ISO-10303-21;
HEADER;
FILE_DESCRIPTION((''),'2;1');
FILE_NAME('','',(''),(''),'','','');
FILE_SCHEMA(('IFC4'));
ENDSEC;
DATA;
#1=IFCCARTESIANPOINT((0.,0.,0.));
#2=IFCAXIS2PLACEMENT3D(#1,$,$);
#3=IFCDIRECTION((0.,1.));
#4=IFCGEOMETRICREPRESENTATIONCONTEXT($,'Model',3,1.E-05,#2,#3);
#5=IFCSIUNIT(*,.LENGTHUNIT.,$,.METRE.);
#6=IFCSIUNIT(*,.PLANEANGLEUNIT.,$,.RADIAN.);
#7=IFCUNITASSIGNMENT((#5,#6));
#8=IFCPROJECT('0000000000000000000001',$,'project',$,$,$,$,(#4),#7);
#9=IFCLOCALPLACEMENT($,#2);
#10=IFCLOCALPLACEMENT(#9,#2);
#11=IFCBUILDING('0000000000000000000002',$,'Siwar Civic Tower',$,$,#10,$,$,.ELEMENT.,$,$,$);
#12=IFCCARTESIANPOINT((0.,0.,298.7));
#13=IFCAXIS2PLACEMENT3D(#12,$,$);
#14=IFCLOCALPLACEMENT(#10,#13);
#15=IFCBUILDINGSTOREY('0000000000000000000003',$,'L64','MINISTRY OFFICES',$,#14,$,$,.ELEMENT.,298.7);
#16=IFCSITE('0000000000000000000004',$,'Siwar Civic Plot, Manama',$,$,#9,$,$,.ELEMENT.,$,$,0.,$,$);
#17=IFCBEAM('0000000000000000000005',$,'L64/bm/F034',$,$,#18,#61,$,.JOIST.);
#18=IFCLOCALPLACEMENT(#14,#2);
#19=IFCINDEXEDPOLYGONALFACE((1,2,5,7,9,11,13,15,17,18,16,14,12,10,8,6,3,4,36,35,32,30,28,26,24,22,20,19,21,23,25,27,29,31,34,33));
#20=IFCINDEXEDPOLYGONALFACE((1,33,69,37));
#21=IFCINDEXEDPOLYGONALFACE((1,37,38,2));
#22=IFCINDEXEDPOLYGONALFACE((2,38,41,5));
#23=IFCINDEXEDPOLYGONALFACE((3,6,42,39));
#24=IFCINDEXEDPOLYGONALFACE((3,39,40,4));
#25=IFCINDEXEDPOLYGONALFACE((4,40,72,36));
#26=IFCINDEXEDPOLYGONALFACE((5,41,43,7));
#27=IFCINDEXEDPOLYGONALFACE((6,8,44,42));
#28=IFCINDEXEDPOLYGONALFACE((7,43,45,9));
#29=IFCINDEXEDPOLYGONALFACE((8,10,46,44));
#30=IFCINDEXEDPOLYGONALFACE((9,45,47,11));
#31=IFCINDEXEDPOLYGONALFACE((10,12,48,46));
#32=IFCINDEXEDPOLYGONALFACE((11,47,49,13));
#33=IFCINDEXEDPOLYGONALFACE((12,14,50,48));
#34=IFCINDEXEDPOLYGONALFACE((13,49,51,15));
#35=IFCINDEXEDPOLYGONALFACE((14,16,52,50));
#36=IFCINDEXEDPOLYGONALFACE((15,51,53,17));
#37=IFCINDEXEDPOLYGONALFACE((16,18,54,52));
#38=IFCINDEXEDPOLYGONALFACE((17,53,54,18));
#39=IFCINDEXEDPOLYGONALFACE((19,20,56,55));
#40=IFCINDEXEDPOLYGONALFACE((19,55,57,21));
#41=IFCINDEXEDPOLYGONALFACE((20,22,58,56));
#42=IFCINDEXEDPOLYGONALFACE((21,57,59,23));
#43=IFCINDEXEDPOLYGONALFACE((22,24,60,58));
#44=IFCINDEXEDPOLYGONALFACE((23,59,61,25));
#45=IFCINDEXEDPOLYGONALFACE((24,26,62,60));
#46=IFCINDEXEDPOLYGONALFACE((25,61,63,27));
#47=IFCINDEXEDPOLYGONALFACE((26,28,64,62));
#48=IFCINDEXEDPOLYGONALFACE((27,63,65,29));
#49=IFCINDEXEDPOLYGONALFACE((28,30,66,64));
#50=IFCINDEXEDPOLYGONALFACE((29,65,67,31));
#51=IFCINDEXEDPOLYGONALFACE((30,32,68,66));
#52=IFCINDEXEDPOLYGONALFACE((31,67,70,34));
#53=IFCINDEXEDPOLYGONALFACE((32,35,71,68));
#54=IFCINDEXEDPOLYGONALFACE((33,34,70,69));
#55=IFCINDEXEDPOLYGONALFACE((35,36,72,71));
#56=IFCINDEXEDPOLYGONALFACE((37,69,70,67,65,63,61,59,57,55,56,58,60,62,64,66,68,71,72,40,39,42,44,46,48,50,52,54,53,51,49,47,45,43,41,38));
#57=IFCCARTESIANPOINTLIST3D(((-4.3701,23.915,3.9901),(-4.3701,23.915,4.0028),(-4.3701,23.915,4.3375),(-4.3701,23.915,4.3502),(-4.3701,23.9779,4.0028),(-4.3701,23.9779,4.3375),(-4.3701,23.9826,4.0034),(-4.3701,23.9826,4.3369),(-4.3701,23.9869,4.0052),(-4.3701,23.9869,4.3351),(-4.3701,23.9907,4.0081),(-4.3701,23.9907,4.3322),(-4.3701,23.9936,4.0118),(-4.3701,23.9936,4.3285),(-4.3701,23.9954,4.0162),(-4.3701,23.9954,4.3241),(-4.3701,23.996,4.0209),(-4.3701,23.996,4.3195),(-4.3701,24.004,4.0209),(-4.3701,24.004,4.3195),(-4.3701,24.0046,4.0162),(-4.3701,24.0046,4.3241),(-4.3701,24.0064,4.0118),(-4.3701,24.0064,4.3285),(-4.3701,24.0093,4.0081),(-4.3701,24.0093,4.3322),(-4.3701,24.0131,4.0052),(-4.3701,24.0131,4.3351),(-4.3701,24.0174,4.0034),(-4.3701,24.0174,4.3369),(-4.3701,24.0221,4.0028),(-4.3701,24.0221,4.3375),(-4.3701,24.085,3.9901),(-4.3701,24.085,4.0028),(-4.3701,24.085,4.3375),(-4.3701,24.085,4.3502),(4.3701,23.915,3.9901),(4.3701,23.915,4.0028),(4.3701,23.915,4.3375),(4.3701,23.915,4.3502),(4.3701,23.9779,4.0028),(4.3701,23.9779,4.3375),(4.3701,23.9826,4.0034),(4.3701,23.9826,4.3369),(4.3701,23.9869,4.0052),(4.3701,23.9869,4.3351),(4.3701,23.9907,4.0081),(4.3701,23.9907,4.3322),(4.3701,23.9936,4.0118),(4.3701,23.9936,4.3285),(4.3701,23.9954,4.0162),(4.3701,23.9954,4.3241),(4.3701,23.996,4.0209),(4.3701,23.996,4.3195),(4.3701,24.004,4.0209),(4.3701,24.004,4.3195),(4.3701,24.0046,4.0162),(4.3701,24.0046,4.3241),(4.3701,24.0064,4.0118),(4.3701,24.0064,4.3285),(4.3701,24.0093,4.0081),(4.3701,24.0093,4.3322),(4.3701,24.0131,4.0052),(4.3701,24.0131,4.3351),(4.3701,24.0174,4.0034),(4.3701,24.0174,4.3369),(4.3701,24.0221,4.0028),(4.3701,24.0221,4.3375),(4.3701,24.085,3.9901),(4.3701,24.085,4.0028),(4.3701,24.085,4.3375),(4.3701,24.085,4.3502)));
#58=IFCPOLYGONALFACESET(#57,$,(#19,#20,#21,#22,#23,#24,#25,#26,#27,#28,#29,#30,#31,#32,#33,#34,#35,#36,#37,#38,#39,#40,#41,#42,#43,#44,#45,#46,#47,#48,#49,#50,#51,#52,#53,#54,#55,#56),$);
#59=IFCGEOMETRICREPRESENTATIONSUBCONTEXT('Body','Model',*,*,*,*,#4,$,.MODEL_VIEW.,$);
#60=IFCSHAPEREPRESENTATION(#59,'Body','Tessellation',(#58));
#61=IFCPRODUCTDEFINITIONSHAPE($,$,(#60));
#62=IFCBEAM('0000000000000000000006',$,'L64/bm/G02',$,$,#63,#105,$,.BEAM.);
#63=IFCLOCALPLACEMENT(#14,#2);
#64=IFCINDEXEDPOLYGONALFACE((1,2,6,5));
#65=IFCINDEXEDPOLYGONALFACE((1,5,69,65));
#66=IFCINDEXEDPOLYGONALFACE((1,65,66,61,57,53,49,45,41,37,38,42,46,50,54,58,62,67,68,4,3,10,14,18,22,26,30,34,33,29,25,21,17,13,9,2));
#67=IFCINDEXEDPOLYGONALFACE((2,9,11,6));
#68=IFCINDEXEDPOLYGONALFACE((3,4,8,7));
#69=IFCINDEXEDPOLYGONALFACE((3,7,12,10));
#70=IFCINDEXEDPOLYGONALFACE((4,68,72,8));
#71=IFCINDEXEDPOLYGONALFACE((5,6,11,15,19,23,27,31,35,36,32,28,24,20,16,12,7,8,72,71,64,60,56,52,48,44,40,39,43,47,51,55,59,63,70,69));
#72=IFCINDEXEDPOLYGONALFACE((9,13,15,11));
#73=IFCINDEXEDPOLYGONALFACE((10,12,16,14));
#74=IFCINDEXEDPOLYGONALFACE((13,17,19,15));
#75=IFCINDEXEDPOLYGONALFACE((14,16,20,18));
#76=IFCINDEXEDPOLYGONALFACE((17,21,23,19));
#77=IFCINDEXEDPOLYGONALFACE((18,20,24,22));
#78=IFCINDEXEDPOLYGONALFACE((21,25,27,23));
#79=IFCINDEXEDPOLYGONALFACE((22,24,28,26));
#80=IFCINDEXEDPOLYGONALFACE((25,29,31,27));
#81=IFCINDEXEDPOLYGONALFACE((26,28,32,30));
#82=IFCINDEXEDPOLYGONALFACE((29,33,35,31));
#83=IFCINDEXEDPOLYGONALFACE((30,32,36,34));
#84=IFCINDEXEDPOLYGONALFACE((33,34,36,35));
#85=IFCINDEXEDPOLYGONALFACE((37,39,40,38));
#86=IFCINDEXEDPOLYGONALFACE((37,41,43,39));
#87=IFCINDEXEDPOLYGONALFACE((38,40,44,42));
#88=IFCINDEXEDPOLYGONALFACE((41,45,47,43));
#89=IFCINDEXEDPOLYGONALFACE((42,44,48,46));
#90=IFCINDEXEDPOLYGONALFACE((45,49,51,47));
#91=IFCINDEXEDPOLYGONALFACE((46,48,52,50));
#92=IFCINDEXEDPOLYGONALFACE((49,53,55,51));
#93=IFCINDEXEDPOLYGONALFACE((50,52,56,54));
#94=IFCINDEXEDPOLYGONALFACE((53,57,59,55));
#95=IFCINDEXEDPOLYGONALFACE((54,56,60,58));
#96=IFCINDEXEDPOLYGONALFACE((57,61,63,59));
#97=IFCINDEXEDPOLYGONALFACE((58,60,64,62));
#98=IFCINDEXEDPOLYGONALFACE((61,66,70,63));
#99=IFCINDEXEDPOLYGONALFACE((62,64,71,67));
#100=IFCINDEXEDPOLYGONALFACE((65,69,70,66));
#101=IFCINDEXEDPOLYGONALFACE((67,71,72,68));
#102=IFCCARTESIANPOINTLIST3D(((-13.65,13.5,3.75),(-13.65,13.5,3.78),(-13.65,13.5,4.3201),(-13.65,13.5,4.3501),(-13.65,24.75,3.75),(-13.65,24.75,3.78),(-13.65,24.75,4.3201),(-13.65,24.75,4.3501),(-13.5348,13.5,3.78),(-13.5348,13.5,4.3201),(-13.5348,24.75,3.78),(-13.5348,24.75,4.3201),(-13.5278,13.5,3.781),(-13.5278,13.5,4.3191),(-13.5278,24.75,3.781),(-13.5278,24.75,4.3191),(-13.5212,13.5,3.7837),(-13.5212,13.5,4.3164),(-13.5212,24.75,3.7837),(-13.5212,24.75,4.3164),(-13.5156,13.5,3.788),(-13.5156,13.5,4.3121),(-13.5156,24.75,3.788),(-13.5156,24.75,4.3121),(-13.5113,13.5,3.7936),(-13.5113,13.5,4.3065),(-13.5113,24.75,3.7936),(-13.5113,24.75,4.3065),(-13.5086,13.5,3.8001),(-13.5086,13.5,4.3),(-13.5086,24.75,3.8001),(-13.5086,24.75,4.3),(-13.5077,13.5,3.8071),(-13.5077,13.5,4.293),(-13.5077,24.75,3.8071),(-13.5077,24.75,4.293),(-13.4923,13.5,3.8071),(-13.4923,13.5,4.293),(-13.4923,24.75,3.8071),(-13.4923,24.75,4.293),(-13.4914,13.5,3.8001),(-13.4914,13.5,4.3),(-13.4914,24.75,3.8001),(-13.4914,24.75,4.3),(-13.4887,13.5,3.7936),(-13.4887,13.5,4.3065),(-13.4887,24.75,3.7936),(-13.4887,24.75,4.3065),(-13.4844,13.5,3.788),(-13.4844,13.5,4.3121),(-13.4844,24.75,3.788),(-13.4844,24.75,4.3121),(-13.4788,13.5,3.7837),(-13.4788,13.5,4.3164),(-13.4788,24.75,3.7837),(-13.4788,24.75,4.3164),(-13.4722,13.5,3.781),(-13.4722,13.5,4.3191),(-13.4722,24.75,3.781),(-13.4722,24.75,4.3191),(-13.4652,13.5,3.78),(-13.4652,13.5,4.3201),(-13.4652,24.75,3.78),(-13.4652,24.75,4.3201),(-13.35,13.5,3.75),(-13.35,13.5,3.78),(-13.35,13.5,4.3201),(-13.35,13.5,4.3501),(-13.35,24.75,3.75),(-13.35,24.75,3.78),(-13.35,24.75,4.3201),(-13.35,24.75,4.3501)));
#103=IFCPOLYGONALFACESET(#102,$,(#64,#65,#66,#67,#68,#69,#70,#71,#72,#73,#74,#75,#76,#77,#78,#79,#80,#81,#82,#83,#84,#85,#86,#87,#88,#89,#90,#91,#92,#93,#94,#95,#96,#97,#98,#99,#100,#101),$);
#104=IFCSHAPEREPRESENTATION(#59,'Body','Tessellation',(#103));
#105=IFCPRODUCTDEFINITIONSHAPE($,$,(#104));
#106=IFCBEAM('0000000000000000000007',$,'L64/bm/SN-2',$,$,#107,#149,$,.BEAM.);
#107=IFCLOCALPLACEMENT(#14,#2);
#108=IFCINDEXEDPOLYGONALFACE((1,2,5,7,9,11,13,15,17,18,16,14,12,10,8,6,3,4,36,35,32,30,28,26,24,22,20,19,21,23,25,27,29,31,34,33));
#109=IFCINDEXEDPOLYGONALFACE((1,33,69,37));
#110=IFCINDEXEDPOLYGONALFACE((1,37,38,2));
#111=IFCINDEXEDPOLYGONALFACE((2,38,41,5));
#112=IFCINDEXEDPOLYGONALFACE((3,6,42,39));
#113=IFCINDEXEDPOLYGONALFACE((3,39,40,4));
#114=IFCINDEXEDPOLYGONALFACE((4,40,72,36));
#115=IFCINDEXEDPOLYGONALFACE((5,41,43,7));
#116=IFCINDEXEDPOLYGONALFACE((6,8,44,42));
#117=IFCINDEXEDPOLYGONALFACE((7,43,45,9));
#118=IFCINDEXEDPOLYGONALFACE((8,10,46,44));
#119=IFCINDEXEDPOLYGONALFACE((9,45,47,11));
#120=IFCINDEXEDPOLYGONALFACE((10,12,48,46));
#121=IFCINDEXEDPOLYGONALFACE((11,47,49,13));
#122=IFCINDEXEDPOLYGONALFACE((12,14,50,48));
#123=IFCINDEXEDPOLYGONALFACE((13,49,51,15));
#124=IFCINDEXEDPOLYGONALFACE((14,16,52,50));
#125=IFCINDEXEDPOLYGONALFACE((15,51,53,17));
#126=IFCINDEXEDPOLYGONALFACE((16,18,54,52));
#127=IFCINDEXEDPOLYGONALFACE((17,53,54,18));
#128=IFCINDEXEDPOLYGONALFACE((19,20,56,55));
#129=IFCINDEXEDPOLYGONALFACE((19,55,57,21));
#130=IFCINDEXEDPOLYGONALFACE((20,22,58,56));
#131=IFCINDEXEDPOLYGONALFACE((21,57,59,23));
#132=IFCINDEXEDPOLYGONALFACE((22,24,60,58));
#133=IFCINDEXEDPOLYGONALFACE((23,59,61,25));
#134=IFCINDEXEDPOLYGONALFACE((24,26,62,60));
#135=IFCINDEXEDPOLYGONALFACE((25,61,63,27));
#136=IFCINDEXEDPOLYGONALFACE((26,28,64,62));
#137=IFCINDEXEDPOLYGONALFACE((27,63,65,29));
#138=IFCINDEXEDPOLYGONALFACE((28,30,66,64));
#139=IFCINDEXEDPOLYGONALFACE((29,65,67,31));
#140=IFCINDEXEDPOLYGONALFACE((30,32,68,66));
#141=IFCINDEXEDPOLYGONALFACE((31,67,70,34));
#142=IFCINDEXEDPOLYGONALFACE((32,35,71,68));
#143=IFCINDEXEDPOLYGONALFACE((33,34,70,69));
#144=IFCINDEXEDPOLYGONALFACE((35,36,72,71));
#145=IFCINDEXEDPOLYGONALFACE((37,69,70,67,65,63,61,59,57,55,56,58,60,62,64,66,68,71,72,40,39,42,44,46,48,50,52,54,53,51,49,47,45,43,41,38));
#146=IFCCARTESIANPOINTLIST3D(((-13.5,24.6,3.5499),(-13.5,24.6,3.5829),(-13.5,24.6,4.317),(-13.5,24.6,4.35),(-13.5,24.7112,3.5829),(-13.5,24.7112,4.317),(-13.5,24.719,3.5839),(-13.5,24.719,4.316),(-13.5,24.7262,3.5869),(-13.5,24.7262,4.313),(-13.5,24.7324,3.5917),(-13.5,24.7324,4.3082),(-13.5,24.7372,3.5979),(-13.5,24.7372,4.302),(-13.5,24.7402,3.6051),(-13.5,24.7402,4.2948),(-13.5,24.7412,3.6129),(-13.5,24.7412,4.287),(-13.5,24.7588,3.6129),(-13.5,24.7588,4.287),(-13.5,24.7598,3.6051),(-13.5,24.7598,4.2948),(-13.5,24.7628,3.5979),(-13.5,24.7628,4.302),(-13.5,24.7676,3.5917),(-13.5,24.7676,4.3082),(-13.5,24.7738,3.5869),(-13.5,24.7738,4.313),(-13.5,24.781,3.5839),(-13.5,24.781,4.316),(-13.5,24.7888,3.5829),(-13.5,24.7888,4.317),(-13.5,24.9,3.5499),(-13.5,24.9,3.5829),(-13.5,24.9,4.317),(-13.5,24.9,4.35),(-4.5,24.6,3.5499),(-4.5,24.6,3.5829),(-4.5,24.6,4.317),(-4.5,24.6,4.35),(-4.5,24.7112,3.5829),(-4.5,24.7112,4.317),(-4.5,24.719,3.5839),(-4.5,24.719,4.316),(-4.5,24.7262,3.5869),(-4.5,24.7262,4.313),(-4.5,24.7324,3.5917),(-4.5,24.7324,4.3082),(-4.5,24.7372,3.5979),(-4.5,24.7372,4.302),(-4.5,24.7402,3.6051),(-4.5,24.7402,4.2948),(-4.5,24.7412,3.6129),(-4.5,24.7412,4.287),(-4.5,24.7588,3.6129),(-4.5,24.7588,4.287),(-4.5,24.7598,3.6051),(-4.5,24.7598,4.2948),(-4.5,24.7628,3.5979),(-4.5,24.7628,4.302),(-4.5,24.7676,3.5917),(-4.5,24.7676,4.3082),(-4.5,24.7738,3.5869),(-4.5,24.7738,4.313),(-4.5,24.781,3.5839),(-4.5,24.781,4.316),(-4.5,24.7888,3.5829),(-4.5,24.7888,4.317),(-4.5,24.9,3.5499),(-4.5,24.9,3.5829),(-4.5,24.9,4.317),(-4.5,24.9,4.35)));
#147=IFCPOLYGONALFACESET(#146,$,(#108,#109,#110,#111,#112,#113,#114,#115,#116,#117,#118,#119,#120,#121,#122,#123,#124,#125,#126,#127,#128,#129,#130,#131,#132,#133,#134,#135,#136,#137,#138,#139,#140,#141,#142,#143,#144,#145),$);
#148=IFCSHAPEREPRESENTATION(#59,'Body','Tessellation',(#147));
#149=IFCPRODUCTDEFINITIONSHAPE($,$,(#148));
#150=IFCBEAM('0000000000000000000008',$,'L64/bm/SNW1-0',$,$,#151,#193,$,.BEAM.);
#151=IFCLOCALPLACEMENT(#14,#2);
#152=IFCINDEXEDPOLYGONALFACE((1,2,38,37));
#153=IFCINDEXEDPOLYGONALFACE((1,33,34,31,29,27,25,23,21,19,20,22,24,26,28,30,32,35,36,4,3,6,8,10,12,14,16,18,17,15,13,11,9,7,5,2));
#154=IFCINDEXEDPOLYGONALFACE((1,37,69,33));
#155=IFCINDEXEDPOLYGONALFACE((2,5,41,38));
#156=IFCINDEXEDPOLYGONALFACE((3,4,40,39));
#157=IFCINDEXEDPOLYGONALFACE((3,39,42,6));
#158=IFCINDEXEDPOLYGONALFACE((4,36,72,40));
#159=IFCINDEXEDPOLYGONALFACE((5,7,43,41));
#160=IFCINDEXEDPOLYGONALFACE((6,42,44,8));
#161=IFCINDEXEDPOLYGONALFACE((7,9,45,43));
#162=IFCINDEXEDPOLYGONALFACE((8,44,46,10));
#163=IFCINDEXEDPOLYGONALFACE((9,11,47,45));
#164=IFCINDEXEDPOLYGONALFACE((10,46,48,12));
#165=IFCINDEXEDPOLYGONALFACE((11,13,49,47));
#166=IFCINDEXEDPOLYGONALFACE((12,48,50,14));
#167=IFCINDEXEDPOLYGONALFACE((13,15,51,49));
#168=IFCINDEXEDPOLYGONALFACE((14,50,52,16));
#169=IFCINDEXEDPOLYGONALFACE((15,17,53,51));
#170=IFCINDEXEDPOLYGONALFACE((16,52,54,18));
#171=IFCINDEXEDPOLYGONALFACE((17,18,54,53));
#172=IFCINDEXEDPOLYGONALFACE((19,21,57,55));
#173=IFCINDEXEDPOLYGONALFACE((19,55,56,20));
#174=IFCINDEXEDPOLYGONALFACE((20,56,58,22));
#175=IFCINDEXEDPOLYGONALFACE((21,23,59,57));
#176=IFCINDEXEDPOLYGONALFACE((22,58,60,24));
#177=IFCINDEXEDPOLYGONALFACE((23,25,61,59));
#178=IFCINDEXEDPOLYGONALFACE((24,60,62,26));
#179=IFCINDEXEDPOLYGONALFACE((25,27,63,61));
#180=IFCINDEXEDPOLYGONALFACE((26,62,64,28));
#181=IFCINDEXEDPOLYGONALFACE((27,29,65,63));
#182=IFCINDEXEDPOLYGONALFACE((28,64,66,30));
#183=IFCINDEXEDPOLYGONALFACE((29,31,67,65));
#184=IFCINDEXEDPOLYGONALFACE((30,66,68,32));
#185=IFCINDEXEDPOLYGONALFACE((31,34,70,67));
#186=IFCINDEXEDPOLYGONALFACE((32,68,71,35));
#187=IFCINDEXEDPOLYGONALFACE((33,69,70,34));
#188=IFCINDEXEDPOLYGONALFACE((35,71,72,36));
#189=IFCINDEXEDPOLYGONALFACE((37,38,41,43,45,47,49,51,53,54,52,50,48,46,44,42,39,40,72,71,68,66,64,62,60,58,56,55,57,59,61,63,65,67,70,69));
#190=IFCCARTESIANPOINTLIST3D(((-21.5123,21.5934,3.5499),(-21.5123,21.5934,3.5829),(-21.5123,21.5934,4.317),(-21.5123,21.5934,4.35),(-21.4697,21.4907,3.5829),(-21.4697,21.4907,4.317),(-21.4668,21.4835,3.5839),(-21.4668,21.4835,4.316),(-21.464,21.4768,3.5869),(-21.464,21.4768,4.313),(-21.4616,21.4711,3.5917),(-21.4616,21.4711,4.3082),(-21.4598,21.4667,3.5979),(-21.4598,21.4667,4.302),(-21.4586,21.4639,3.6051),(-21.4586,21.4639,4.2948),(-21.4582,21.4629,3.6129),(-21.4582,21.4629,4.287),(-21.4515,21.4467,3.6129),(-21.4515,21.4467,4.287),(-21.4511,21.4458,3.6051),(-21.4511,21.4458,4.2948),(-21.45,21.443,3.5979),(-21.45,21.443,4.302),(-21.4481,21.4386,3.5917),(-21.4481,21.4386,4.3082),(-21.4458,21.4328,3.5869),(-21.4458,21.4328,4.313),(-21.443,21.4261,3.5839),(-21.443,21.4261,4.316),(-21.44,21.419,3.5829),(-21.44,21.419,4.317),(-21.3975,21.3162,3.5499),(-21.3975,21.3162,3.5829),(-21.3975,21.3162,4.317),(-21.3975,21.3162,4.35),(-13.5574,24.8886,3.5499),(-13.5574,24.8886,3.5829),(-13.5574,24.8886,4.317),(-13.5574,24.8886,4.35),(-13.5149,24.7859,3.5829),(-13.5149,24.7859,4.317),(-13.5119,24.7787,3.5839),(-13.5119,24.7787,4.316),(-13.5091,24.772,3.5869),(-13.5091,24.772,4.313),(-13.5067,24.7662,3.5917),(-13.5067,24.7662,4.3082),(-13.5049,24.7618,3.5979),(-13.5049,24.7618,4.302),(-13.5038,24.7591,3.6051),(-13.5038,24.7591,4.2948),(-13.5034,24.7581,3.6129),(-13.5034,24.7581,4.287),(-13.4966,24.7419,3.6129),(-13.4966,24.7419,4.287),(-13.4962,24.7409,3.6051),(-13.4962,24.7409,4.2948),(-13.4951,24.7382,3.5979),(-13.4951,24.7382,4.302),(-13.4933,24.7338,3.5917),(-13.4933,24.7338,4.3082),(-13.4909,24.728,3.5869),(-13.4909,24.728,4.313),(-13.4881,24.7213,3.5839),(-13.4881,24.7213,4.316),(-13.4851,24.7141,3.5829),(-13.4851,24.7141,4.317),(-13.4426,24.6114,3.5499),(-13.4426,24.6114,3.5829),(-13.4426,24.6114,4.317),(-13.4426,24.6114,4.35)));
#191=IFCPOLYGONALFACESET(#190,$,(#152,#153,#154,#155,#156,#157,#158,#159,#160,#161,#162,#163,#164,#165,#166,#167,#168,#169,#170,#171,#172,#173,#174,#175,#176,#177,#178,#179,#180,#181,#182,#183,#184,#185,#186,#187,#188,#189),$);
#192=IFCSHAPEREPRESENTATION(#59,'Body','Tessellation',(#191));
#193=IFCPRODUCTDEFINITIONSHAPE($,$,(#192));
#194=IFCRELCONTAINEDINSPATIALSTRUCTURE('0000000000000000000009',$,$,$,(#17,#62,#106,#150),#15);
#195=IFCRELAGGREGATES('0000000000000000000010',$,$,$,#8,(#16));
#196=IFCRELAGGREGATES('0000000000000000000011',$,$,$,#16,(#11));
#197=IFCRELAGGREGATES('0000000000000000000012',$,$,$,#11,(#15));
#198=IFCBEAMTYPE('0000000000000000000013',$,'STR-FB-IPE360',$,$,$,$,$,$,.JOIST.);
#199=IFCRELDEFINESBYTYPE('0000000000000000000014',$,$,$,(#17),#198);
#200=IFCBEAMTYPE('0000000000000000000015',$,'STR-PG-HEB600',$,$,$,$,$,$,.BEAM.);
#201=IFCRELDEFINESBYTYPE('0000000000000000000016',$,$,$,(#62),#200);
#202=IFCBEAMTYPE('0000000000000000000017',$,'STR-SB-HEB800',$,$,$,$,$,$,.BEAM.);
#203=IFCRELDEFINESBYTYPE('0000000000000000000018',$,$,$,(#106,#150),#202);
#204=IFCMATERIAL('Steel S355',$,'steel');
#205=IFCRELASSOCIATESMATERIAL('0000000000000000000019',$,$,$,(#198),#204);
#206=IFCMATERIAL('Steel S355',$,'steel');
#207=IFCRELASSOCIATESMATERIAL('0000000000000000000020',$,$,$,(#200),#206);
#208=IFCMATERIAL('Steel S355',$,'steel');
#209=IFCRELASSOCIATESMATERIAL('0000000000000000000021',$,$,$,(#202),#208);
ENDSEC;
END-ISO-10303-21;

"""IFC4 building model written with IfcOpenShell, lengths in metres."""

from ifc_helpers import new_model, si_unit, direction, frame, origin, origin_2d, place, context, subcontext, project, spatial, i_section, extrude, material, material_profile, profile_set, type_object, element, save


model = new_model("IFC4")

# Units and contexts
model_context = context("Model", 3, precision=1e-05, world=origin(), true_north=direction((0.0, 1.0)))
body_context = subcontext(model_context, "Body", "Model", "MODEL_VIEW")
ifc_project = project(units=[si_unit("LENGTHUNIT", "METRE"), si_unit("PLANEANGLEUNIT", "RADIAN")], contexts=[model_context])

# Site, building, storey
site_placement = place(None, origin())
site = spatial("IfcSite", under=ifc_project, at=site_placement, Name="Siwar Civic Plot, Manama", CompositionType="ELEMENT", RefElevation=0.0)
building_placement = place(site_placement, origin())
building = spatial("IfcBuilding", under=site, at=building_placement, Name="Siwar Civic Tower", CompositionType="ELEMENT")
storey_placement = place(building_placement, frame((0.0, 0.0, 298.7)))
storey = spatial("IfcBuildingStorey", under=building, at=storey_placement, Name="L64", Description="MINISTRY OFFICES", CompositionType="ELEMENT", Elevation=298.7)

# Beams
ifc_material_1 = material(Name="Steel S355", Category="steel")
ifc_material_profile_1 = material_profile(ifc_material_1, i_section(OverallWidth=0.1699, OverallDepth=0.3601, WebThickness=0.0081, FlangeThickness=0.0127, FilletRadius=0.0181, at=origin_2d()), Name="IPE360")
ifc_profile_set_1 = profile_set([ifc_material_profile_1], Name="Steel S355")
beam_type_1 = type_object("IfcBeamType", Name="STR-FB-IPE360", PredefinedType="JOIST", material=ifc_profile_set_1)
for number, where, z_axis, x_axis, name in (
    (1, (-4.3701, 24.0, 4.1702), (1.0, 0.0, 0.0), (0.0, 1.0, 0.0), "L64/bm/F034"),
):
    element("IfcBeam", number, at=place(storey_placement, frame(where, z_axis=z_axis, x_axis=x_axis)), inside=storey, type_object=beam_type_1, Name=name, PredefinedType="JOIST", context=body_context, shape_type="SweptSolid", body=[
        extrude(i_section(OverallWidth=0.1699, OverallDepth=0.3601, WebThickness=0.0081, FlangeThickness=0.0127, FilletRadius=0.0181, at=origin_2d()), origin(), (0.0, 0.0, 1.0), 8.7402),
    ])
ifc_material_2 = material(Name="Steel S355", Category="steel")
ifc_material_profile_2 = material_profile(ifc_material_2, i_section(OverallWidth=0.3, OverallDepth=0.6001, WebThickness=0.0154, FlangeThickness=0.03, FilletRadius=0.0271, at=origin_2d()), Name="HEB600")
ifc_profile_set_2 = profile_set([ifc_material_profile_2], Name="Steel S355")
beam_type_2 = type_object("IfcBeamType", Name="STR-PG-HEB600", PredefinedType="BEAM", material=ifc_profile_set_2)
beam_1_placement = place(storey_placement, frame((-13.5, 13.5, 4.05), z_axis=(0.0, 1.0, 0.0), x_axis=(-1.0, 0.0, 0.0)))
element("IfcBeam", 2, at=beam_1_placement, inside=storey, type_object=beam_type_2, Name="L64/bm/G02", PredefinedType="BEAM", context=body_context, shape_type="SweptSolid", body=[
    extrude(i_section(OverallWidth=0.3, OverallDepth=0.6001, WebThickness=0.0154, FlangeThickness=0.03, FilletRadius=0.0271, at=origin_2d()), origin(), (0.0, 0.0, 1.0), 11.25),
])
ifc_material_3 = material(Name="Steel S355", Category="steel")
ifc_material_profile_3 = material_profile(ifc_material_3, i_section(OverallWidth=0.3, OverallDepth=0.8, WebThickness=0.0176, FlangeThickness=0.033, FilletRadius=0.03, at=origin_2d()), Name="HEB800")
ifc_profile_set_3 = profile_set([ifc_material_profile_3], Name="Steel S355")
beam_type_3 = type_object("IfcBeamType", Name="STR-SB-HEB800", PredefinedType="BEAM", material=ifc_profile_set_3)
beam_2_placement = place(storey_placement, frame((-4.5, 24.75, 3.95), z_axis=(-1.0, 0.0, 0.0), x_axis=(0.0, -1.0, 0.0)))
element("IfcBeam", 3, at=beam_2_placement, inside=storey, type_object=beam_type_3, Name="L64/bm/SN-2", PredefinedType="BEAM", context=body_context, shape_type="SweptSolid", body=[
    extrude(i_section(OverallWidth=0.3, OverallDepth=0.8, WebThickness=0.0176, FlangeThickness=0.033, FilletRadius=0.03, at=origin_2d()), origin(), (0.0, 0.0, 1.0), 9.0),
])
beam_3_placement = place(storey_placement, frame((-13.5, 24.75, 3.95), z_axis=(-0.923873, -0.3827, 0.0), x_axis=(0.3827, -0.923873, 0.0)))
element("IfcBeam", 4, at=beam_3_placement, inside=storey, type_object=beam_type_3, Name="L64/bm/SNW1-0", PredefinedType="BEAM", context=body_context, shape_type="SweptSolid", body=[
    extrude(i_section(OverallWidth=0.3, OverallDepth=0.8, WebThickness=0.0176, FlangeThickness=0.033, FilletRadius=0.03, at=origin_2d()), origin(), (0.0, 0.0, 1.0), 8.6104),
])

save(model, "model.ifc")
